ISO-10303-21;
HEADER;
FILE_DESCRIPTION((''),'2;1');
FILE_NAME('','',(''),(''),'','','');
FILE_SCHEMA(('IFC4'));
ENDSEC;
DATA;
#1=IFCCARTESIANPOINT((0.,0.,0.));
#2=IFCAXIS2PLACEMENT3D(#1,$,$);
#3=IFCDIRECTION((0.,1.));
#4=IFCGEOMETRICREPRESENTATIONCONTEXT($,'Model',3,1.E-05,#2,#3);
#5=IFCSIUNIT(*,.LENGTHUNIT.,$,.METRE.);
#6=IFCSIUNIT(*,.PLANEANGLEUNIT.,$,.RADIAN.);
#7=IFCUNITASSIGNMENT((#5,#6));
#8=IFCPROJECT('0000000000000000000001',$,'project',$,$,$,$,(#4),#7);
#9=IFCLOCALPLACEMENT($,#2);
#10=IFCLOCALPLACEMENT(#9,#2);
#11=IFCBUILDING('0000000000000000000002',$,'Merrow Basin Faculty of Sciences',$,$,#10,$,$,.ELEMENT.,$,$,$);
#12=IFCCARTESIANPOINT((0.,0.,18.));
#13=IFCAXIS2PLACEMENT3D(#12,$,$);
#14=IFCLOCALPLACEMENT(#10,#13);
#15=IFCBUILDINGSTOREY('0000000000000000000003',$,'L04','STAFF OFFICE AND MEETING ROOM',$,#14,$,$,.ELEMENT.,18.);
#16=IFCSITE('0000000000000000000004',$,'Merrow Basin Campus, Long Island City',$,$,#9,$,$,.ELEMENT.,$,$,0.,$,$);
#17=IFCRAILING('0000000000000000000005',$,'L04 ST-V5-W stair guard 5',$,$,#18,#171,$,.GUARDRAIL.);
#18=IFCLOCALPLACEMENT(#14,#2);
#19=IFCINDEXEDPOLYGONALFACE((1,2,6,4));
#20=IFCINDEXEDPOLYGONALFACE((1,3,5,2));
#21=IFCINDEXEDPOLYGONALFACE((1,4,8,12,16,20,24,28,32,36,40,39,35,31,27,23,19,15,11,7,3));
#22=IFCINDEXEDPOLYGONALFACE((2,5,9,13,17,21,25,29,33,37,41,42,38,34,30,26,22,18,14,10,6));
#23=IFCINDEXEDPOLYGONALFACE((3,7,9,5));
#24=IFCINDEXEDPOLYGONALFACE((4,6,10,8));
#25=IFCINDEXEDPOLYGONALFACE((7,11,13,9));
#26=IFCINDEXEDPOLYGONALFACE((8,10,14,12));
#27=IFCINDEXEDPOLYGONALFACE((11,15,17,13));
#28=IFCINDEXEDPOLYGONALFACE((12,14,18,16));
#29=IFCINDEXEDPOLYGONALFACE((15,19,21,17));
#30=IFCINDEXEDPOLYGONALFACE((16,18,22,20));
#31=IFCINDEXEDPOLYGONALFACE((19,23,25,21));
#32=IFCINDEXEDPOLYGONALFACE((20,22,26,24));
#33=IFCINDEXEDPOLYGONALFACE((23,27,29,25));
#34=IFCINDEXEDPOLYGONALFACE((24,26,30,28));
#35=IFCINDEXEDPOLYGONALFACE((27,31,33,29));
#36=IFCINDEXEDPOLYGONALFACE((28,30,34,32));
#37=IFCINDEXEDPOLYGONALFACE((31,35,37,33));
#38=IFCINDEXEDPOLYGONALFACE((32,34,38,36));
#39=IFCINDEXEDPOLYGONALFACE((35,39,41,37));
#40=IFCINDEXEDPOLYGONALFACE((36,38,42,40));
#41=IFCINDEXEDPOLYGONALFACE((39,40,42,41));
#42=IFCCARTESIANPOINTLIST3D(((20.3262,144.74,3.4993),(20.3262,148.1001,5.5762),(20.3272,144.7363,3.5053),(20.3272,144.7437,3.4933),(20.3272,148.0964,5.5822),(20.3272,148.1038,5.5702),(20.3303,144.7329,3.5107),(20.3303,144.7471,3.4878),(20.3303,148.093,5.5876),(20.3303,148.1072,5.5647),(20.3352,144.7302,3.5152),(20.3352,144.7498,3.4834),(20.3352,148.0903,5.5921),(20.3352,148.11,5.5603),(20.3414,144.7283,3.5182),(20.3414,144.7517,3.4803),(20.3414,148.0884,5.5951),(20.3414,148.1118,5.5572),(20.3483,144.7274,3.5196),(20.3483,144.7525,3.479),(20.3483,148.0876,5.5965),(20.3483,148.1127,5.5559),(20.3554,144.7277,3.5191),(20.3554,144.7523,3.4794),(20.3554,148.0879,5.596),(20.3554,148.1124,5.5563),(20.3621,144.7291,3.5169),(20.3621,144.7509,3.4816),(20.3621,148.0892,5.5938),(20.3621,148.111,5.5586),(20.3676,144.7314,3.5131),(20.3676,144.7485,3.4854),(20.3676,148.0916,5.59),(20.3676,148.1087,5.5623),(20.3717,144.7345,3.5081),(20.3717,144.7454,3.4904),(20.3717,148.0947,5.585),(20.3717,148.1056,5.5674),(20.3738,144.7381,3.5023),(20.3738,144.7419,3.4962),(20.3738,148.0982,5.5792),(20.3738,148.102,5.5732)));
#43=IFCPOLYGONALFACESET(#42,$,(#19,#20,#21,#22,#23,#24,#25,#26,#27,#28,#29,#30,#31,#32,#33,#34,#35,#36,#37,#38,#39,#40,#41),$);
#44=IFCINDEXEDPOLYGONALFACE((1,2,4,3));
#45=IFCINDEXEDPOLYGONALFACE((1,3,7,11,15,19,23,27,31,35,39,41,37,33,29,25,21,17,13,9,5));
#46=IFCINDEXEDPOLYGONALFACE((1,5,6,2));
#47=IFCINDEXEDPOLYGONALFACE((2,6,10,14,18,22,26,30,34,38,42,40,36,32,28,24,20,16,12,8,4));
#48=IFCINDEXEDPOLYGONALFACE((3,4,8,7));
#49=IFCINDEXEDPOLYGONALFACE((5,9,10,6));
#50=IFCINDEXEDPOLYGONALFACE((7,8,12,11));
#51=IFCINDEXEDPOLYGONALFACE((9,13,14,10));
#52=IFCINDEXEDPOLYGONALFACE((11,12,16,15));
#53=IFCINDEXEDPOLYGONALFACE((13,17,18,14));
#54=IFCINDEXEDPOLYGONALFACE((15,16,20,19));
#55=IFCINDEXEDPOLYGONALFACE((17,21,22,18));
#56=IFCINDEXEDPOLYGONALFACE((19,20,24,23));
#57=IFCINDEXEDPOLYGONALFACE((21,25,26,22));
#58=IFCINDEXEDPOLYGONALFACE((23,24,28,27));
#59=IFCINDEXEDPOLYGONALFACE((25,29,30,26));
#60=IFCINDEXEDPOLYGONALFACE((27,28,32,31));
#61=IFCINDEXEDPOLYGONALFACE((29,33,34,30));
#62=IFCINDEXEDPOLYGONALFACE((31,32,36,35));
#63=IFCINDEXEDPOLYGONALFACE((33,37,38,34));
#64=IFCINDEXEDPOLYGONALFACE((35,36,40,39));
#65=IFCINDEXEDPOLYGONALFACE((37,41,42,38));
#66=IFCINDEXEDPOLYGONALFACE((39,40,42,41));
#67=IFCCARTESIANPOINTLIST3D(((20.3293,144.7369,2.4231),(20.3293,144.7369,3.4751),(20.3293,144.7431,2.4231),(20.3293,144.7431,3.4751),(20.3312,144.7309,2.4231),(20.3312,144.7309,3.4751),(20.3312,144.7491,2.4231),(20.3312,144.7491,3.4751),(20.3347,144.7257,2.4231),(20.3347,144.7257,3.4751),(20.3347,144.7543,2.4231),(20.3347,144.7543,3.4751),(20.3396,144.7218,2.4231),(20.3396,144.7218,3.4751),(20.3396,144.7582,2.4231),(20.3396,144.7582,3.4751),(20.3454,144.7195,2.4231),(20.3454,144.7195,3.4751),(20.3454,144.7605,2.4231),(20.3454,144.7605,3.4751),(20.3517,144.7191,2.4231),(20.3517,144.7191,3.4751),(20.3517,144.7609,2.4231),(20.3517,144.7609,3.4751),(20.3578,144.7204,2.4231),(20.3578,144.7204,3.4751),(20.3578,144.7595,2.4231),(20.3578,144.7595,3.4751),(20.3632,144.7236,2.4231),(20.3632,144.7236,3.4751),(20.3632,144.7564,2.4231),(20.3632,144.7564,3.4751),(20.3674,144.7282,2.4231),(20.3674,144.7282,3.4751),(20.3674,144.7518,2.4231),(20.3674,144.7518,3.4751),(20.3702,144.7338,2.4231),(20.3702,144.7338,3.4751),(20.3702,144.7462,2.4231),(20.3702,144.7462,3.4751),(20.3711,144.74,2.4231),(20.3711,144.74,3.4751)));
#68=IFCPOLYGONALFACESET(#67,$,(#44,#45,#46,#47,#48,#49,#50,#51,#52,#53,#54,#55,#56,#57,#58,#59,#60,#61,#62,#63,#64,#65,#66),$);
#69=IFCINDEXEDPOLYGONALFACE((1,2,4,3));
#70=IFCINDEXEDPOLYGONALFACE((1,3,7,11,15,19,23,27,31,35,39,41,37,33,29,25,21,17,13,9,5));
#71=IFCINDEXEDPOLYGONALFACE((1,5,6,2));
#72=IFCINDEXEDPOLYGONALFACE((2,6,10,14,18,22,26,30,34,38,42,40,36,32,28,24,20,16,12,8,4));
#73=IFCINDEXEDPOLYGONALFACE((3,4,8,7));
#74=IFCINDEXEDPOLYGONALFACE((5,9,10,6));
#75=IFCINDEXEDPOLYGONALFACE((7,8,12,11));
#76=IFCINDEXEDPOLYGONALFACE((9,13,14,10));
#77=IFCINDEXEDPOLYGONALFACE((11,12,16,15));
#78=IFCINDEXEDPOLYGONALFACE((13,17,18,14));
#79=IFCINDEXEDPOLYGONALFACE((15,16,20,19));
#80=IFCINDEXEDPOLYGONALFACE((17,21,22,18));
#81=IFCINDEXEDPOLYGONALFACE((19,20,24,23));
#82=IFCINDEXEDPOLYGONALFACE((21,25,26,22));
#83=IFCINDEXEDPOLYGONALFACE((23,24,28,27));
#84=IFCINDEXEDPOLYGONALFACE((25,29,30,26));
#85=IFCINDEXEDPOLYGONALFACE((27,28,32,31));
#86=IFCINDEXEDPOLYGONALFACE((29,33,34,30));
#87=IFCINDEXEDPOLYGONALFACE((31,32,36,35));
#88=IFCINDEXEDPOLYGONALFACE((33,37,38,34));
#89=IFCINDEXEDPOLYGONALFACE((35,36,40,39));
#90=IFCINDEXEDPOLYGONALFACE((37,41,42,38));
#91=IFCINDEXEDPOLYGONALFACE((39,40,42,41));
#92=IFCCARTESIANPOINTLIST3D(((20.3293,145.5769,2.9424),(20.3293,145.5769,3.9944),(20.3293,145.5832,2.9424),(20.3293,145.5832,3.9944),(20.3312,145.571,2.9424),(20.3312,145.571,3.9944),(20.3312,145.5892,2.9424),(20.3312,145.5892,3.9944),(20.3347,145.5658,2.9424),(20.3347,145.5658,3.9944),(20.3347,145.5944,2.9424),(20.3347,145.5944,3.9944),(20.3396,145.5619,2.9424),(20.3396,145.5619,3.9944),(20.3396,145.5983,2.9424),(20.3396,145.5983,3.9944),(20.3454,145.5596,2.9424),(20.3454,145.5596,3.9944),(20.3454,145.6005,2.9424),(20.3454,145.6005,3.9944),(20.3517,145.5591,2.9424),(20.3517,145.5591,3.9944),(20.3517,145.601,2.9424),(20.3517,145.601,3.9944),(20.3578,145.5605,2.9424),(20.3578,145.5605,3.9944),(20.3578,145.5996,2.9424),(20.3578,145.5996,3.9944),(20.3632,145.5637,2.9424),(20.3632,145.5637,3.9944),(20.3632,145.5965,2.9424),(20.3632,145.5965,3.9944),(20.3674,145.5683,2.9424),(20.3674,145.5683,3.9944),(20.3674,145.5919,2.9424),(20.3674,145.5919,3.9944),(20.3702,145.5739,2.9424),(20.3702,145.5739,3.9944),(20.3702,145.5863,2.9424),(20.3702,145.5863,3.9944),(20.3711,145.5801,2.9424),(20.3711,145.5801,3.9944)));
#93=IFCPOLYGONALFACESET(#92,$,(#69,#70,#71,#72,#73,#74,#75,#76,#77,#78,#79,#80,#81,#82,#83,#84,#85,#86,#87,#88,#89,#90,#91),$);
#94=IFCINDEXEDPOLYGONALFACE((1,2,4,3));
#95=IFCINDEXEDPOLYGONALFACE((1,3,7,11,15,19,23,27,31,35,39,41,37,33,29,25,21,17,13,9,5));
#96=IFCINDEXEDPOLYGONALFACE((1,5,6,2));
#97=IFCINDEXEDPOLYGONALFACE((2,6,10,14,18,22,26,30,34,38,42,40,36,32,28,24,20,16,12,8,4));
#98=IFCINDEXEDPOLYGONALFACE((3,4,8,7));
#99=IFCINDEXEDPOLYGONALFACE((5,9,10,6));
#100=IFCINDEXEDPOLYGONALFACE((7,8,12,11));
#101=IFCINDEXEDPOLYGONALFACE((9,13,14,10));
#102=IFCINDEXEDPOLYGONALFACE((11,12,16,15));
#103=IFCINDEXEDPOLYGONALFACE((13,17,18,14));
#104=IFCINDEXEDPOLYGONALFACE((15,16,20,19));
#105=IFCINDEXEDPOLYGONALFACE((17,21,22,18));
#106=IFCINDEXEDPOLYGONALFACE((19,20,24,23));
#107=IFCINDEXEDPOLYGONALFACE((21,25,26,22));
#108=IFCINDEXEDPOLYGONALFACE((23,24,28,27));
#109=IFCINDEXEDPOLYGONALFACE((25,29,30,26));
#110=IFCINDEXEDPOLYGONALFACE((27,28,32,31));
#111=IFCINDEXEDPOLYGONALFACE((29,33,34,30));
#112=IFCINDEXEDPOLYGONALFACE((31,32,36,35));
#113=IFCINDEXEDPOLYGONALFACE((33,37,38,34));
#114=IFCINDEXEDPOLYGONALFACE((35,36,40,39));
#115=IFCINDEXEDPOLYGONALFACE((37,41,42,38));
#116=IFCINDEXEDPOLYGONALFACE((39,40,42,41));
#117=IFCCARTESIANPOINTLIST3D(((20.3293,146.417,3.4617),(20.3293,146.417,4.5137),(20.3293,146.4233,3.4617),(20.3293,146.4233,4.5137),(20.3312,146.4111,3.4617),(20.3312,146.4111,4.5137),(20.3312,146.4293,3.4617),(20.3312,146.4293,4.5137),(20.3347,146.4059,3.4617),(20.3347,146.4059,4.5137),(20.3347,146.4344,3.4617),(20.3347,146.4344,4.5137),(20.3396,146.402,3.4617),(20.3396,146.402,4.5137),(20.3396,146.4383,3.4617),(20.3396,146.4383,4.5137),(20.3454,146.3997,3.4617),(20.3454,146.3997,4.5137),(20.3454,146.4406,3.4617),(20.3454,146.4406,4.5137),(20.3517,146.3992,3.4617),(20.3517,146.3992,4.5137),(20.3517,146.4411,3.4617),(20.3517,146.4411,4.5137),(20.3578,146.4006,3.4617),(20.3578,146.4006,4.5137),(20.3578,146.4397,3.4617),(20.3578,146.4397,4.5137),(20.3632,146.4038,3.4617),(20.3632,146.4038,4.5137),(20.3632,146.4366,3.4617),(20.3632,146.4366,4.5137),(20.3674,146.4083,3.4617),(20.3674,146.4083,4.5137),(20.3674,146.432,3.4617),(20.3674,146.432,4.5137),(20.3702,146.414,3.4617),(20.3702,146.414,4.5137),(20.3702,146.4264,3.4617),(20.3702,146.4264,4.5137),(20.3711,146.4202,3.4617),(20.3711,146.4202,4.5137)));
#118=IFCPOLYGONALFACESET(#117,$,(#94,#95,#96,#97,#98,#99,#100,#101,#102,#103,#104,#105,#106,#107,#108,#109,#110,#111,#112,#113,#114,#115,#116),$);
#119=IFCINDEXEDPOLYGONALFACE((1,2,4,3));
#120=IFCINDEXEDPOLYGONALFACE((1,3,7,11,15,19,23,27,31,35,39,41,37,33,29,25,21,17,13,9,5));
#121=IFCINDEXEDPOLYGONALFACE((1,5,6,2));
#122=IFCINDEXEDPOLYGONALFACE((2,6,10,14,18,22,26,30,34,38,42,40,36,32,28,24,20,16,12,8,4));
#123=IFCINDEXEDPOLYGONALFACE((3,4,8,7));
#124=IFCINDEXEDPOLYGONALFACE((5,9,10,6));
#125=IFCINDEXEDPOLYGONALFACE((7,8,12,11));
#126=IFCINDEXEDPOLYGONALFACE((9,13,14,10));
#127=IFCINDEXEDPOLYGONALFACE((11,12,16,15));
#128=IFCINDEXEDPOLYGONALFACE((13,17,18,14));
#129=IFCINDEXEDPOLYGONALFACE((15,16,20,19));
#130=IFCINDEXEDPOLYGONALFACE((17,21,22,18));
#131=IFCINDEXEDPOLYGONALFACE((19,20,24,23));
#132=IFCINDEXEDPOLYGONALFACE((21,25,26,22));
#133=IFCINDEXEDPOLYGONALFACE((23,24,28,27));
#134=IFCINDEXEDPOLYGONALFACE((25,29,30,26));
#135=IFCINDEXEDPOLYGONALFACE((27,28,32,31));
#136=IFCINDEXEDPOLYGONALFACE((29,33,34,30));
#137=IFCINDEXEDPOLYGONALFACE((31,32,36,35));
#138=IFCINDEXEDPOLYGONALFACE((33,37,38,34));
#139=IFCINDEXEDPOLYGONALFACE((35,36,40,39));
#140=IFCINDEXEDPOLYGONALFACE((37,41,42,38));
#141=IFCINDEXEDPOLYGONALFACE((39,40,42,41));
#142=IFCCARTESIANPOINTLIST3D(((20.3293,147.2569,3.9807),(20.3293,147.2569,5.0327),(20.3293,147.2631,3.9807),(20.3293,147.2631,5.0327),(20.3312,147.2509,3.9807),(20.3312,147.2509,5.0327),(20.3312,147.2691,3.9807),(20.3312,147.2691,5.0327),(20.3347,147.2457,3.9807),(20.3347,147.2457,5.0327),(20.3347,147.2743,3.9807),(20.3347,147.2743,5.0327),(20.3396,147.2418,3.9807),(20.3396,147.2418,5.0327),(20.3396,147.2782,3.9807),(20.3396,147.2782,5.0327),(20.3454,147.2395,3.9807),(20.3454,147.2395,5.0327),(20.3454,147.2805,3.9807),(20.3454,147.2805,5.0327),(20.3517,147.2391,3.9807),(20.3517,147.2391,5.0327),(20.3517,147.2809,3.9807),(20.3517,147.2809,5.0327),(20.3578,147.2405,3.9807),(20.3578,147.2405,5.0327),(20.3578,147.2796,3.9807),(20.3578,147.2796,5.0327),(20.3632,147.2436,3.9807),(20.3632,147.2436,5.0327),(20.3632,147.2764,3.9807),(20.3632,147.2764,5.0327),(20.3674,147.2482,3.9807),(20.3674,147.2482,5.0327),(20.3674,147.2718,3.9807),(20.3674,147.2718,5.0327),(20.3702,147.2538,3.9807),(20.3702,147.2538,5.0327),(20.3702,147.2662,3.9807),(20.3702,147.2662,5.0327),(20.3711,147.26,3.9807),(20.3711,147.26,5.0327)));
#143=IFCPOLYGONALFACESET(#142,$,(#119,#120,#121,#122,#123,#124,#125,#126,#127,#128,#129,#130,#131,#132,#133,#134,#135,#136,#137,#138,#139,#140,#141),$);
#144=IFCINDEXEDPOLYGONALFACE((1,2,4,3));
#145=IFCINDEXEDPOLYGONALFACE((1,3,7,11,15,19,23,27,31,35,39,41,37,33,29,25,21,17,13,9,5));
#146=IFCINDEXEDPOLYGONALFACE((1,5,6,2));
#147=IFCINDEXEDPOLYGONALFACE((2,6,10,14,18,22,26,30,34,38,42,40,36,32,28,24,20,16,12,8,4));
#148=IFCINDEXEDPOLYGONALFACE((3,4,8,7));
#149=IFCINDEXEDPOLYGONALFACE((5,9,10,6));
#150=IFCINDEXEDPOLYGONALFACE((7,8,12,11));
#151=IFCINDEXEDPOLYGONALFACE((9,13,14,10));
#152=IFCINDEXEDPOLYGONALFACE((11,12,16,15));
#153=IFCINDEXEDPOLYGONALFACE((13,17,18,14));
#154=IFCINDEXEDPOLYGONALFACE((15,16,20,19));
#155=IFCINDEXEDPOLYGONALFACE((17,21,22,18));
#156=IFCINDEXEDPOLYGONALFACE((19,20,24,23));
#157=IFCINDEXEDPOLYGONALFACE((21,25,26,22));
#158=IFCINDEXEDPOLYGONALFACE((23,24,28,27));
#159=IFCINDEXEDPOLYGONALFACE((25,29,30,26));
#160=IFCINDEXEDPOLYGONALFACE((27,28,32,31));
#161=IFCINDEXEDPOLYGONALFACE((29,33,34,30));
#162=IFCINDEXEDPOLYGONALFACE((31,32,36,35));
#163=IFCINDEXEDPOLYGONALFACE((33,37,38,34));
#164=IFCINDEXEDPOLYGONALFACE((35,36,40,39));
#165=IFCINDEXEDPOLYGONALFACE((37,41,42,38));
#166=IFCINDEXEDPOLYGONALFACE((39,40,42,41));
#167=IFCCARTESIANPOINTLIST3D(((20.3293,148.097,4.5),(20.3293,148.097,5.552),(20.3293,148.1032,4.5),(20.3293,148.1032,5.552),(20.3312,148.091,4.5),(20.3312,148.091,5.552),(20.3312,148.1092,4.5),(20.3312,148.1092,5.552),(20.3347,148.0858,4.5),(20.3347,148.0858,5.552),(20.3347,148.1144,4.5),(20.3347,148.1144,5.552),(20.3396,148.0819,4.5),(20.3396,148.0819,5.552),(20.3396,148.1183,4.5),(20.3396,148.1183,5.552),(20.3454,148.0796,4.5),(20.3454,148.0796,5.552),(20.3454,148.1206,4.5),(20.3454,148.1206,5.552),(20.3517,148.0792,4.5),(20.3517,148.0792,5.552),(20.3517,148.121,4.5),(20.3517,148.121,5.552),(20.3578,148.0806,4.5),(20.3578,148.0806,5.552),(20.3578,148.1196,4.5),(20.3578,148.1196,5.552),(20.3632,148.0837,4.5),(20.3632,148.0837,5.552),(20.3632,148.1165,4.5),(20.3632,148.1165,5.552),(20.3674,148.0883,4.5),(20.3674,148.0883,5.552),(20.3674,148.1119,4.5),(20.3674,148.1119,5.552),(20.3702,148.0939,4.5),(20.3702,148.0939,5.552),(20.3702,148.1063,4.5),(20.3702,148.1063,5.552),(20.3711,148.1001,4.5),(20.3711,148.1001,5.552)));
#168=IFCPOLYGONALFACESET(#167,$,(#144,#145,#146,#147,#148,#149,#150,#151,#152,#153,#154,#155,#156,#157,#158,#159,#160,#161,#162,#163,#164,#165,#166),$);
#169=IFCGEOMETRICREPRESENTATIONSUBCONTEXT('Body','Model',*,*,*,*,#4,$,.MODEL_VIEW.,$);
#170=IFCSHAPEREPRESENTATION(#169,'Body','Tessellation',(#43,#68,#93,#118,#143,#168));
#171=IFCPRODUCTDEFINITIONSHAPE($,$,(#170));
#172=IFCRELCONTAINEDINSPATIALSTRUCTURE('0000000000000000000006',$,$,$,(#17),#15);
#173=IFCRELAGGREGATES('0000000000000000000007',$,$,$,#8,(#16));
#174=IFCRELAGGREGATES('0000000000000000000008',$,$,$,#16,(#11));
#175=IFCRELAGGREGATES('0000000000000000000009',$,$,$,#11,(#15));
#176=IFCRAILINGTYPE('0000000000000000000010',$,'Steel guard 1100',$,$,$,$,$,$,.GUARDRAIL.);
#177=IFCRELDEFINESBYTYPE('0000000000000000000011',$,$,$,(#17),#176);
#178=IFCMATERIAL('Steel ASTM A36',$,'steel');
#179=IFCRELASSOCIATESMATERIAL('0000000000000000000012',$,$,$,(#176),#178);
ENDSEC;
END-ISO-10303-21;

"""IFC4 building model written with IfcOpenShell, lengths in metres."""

from ifc_helpers import new_model, si_unit, direction, frame, origin, origin_2d, place, context, subcontext, project, spatial, circle, extrude, material, type_object, element, save


model = new_model("IFC4")

# Units and contexts
model_context = context("Model", 3, precision=1e-05, world=origin(), true_north=direction((0.0, 1.0)))
body_context = subcontext(model_context, "Body", "Model", "MODEL_VIEW")
ifc_project = project(units=[si_unit("LENGTHUNIT", "METRE"), si_unit("PLANEANGLEUNIT", "RADIAN")], contexts=[model_context])

# Site, building, storey
site_placement = place(None, origin())
site = spatial("IfcSite", under=ifc_project, at=site_placement, Name="Merrow Basin Campus, Long Island City", CompositionType="ELEMENT", RefElevation=0.0)
building_placement = place(site_placement, origin())
building = spatial("IfcBuilding", under=site, at=building_placement, Name="Merrow Basin Faculty of Sciences", CompositionType="ELEMENT")
storey_placement = place(building_placement, frame((0.0, 0.0, 18.0)))
storey = spatial("IfcBuildingStorey", under=building, at=storey_placement, Name="L04", Description="STAFF OFFICE AND MEETING ROOM", CompositionType="ELEMENT", Elevation=18.0)

# Railing
ifc_material_1 = material(Name="Steel ASTM A36", Category="steel")
railing_type_1 = type_object("IfcRailingType", Name="Steel guard 1100", PredefinedType="GUARDRAIL", material=ifc_material_1)
railing_1_placement = place(storey_placement, frame((20.3501, 144.74, 2.4231)))
element("IfcRailing", 1, at=railing_1_placement, inside=storey, type_object=railing_type_1, Name="L04 ST-V5-W stair guard 5", PredefinedType="GUARDRAIL", context=body_context, shape_type="SweptSolid", body=[
    extrude(circle(Radius=0.0239, at=origin_2d()), frame((0.0, 0.0, 1.0762), z_axis=(0.0, 0.850623, 0.525776), x_axis=(-1.0, 0.0, 0.0)), (0.0, 0.0, 1.0), 3.9502),
    extrude(circle(Radius=0.021, at=origin_2d()), origin(), (0.0, 0.0, 1.0), 1.052),
    extrude(circle(Radius=0.021, at=origin_2d()), frame((0.0, 0.8401, 0.5193)), (0.0, 0.0, 1.0), 1.052),
    extrude(circle(Radius=0.021, at=origin_2d()), frame((0.0, 1.6802, 1.0386)), (0.0, 0.0, 1.0), 1.052),
    extrude(circle(Radius=0.021, at=origin_2d()), frame((0.0, 2.52, 1.5576)), (0.0, 0.0, 1.0), 1.052),
    extrude(circle(Radius=0.021, at=origin_2d()), frame((0.0, 3.3601, 2.0769)), (0.0, 0.0, 1.0), 1.052),
])

save(model, "model.ifc")
